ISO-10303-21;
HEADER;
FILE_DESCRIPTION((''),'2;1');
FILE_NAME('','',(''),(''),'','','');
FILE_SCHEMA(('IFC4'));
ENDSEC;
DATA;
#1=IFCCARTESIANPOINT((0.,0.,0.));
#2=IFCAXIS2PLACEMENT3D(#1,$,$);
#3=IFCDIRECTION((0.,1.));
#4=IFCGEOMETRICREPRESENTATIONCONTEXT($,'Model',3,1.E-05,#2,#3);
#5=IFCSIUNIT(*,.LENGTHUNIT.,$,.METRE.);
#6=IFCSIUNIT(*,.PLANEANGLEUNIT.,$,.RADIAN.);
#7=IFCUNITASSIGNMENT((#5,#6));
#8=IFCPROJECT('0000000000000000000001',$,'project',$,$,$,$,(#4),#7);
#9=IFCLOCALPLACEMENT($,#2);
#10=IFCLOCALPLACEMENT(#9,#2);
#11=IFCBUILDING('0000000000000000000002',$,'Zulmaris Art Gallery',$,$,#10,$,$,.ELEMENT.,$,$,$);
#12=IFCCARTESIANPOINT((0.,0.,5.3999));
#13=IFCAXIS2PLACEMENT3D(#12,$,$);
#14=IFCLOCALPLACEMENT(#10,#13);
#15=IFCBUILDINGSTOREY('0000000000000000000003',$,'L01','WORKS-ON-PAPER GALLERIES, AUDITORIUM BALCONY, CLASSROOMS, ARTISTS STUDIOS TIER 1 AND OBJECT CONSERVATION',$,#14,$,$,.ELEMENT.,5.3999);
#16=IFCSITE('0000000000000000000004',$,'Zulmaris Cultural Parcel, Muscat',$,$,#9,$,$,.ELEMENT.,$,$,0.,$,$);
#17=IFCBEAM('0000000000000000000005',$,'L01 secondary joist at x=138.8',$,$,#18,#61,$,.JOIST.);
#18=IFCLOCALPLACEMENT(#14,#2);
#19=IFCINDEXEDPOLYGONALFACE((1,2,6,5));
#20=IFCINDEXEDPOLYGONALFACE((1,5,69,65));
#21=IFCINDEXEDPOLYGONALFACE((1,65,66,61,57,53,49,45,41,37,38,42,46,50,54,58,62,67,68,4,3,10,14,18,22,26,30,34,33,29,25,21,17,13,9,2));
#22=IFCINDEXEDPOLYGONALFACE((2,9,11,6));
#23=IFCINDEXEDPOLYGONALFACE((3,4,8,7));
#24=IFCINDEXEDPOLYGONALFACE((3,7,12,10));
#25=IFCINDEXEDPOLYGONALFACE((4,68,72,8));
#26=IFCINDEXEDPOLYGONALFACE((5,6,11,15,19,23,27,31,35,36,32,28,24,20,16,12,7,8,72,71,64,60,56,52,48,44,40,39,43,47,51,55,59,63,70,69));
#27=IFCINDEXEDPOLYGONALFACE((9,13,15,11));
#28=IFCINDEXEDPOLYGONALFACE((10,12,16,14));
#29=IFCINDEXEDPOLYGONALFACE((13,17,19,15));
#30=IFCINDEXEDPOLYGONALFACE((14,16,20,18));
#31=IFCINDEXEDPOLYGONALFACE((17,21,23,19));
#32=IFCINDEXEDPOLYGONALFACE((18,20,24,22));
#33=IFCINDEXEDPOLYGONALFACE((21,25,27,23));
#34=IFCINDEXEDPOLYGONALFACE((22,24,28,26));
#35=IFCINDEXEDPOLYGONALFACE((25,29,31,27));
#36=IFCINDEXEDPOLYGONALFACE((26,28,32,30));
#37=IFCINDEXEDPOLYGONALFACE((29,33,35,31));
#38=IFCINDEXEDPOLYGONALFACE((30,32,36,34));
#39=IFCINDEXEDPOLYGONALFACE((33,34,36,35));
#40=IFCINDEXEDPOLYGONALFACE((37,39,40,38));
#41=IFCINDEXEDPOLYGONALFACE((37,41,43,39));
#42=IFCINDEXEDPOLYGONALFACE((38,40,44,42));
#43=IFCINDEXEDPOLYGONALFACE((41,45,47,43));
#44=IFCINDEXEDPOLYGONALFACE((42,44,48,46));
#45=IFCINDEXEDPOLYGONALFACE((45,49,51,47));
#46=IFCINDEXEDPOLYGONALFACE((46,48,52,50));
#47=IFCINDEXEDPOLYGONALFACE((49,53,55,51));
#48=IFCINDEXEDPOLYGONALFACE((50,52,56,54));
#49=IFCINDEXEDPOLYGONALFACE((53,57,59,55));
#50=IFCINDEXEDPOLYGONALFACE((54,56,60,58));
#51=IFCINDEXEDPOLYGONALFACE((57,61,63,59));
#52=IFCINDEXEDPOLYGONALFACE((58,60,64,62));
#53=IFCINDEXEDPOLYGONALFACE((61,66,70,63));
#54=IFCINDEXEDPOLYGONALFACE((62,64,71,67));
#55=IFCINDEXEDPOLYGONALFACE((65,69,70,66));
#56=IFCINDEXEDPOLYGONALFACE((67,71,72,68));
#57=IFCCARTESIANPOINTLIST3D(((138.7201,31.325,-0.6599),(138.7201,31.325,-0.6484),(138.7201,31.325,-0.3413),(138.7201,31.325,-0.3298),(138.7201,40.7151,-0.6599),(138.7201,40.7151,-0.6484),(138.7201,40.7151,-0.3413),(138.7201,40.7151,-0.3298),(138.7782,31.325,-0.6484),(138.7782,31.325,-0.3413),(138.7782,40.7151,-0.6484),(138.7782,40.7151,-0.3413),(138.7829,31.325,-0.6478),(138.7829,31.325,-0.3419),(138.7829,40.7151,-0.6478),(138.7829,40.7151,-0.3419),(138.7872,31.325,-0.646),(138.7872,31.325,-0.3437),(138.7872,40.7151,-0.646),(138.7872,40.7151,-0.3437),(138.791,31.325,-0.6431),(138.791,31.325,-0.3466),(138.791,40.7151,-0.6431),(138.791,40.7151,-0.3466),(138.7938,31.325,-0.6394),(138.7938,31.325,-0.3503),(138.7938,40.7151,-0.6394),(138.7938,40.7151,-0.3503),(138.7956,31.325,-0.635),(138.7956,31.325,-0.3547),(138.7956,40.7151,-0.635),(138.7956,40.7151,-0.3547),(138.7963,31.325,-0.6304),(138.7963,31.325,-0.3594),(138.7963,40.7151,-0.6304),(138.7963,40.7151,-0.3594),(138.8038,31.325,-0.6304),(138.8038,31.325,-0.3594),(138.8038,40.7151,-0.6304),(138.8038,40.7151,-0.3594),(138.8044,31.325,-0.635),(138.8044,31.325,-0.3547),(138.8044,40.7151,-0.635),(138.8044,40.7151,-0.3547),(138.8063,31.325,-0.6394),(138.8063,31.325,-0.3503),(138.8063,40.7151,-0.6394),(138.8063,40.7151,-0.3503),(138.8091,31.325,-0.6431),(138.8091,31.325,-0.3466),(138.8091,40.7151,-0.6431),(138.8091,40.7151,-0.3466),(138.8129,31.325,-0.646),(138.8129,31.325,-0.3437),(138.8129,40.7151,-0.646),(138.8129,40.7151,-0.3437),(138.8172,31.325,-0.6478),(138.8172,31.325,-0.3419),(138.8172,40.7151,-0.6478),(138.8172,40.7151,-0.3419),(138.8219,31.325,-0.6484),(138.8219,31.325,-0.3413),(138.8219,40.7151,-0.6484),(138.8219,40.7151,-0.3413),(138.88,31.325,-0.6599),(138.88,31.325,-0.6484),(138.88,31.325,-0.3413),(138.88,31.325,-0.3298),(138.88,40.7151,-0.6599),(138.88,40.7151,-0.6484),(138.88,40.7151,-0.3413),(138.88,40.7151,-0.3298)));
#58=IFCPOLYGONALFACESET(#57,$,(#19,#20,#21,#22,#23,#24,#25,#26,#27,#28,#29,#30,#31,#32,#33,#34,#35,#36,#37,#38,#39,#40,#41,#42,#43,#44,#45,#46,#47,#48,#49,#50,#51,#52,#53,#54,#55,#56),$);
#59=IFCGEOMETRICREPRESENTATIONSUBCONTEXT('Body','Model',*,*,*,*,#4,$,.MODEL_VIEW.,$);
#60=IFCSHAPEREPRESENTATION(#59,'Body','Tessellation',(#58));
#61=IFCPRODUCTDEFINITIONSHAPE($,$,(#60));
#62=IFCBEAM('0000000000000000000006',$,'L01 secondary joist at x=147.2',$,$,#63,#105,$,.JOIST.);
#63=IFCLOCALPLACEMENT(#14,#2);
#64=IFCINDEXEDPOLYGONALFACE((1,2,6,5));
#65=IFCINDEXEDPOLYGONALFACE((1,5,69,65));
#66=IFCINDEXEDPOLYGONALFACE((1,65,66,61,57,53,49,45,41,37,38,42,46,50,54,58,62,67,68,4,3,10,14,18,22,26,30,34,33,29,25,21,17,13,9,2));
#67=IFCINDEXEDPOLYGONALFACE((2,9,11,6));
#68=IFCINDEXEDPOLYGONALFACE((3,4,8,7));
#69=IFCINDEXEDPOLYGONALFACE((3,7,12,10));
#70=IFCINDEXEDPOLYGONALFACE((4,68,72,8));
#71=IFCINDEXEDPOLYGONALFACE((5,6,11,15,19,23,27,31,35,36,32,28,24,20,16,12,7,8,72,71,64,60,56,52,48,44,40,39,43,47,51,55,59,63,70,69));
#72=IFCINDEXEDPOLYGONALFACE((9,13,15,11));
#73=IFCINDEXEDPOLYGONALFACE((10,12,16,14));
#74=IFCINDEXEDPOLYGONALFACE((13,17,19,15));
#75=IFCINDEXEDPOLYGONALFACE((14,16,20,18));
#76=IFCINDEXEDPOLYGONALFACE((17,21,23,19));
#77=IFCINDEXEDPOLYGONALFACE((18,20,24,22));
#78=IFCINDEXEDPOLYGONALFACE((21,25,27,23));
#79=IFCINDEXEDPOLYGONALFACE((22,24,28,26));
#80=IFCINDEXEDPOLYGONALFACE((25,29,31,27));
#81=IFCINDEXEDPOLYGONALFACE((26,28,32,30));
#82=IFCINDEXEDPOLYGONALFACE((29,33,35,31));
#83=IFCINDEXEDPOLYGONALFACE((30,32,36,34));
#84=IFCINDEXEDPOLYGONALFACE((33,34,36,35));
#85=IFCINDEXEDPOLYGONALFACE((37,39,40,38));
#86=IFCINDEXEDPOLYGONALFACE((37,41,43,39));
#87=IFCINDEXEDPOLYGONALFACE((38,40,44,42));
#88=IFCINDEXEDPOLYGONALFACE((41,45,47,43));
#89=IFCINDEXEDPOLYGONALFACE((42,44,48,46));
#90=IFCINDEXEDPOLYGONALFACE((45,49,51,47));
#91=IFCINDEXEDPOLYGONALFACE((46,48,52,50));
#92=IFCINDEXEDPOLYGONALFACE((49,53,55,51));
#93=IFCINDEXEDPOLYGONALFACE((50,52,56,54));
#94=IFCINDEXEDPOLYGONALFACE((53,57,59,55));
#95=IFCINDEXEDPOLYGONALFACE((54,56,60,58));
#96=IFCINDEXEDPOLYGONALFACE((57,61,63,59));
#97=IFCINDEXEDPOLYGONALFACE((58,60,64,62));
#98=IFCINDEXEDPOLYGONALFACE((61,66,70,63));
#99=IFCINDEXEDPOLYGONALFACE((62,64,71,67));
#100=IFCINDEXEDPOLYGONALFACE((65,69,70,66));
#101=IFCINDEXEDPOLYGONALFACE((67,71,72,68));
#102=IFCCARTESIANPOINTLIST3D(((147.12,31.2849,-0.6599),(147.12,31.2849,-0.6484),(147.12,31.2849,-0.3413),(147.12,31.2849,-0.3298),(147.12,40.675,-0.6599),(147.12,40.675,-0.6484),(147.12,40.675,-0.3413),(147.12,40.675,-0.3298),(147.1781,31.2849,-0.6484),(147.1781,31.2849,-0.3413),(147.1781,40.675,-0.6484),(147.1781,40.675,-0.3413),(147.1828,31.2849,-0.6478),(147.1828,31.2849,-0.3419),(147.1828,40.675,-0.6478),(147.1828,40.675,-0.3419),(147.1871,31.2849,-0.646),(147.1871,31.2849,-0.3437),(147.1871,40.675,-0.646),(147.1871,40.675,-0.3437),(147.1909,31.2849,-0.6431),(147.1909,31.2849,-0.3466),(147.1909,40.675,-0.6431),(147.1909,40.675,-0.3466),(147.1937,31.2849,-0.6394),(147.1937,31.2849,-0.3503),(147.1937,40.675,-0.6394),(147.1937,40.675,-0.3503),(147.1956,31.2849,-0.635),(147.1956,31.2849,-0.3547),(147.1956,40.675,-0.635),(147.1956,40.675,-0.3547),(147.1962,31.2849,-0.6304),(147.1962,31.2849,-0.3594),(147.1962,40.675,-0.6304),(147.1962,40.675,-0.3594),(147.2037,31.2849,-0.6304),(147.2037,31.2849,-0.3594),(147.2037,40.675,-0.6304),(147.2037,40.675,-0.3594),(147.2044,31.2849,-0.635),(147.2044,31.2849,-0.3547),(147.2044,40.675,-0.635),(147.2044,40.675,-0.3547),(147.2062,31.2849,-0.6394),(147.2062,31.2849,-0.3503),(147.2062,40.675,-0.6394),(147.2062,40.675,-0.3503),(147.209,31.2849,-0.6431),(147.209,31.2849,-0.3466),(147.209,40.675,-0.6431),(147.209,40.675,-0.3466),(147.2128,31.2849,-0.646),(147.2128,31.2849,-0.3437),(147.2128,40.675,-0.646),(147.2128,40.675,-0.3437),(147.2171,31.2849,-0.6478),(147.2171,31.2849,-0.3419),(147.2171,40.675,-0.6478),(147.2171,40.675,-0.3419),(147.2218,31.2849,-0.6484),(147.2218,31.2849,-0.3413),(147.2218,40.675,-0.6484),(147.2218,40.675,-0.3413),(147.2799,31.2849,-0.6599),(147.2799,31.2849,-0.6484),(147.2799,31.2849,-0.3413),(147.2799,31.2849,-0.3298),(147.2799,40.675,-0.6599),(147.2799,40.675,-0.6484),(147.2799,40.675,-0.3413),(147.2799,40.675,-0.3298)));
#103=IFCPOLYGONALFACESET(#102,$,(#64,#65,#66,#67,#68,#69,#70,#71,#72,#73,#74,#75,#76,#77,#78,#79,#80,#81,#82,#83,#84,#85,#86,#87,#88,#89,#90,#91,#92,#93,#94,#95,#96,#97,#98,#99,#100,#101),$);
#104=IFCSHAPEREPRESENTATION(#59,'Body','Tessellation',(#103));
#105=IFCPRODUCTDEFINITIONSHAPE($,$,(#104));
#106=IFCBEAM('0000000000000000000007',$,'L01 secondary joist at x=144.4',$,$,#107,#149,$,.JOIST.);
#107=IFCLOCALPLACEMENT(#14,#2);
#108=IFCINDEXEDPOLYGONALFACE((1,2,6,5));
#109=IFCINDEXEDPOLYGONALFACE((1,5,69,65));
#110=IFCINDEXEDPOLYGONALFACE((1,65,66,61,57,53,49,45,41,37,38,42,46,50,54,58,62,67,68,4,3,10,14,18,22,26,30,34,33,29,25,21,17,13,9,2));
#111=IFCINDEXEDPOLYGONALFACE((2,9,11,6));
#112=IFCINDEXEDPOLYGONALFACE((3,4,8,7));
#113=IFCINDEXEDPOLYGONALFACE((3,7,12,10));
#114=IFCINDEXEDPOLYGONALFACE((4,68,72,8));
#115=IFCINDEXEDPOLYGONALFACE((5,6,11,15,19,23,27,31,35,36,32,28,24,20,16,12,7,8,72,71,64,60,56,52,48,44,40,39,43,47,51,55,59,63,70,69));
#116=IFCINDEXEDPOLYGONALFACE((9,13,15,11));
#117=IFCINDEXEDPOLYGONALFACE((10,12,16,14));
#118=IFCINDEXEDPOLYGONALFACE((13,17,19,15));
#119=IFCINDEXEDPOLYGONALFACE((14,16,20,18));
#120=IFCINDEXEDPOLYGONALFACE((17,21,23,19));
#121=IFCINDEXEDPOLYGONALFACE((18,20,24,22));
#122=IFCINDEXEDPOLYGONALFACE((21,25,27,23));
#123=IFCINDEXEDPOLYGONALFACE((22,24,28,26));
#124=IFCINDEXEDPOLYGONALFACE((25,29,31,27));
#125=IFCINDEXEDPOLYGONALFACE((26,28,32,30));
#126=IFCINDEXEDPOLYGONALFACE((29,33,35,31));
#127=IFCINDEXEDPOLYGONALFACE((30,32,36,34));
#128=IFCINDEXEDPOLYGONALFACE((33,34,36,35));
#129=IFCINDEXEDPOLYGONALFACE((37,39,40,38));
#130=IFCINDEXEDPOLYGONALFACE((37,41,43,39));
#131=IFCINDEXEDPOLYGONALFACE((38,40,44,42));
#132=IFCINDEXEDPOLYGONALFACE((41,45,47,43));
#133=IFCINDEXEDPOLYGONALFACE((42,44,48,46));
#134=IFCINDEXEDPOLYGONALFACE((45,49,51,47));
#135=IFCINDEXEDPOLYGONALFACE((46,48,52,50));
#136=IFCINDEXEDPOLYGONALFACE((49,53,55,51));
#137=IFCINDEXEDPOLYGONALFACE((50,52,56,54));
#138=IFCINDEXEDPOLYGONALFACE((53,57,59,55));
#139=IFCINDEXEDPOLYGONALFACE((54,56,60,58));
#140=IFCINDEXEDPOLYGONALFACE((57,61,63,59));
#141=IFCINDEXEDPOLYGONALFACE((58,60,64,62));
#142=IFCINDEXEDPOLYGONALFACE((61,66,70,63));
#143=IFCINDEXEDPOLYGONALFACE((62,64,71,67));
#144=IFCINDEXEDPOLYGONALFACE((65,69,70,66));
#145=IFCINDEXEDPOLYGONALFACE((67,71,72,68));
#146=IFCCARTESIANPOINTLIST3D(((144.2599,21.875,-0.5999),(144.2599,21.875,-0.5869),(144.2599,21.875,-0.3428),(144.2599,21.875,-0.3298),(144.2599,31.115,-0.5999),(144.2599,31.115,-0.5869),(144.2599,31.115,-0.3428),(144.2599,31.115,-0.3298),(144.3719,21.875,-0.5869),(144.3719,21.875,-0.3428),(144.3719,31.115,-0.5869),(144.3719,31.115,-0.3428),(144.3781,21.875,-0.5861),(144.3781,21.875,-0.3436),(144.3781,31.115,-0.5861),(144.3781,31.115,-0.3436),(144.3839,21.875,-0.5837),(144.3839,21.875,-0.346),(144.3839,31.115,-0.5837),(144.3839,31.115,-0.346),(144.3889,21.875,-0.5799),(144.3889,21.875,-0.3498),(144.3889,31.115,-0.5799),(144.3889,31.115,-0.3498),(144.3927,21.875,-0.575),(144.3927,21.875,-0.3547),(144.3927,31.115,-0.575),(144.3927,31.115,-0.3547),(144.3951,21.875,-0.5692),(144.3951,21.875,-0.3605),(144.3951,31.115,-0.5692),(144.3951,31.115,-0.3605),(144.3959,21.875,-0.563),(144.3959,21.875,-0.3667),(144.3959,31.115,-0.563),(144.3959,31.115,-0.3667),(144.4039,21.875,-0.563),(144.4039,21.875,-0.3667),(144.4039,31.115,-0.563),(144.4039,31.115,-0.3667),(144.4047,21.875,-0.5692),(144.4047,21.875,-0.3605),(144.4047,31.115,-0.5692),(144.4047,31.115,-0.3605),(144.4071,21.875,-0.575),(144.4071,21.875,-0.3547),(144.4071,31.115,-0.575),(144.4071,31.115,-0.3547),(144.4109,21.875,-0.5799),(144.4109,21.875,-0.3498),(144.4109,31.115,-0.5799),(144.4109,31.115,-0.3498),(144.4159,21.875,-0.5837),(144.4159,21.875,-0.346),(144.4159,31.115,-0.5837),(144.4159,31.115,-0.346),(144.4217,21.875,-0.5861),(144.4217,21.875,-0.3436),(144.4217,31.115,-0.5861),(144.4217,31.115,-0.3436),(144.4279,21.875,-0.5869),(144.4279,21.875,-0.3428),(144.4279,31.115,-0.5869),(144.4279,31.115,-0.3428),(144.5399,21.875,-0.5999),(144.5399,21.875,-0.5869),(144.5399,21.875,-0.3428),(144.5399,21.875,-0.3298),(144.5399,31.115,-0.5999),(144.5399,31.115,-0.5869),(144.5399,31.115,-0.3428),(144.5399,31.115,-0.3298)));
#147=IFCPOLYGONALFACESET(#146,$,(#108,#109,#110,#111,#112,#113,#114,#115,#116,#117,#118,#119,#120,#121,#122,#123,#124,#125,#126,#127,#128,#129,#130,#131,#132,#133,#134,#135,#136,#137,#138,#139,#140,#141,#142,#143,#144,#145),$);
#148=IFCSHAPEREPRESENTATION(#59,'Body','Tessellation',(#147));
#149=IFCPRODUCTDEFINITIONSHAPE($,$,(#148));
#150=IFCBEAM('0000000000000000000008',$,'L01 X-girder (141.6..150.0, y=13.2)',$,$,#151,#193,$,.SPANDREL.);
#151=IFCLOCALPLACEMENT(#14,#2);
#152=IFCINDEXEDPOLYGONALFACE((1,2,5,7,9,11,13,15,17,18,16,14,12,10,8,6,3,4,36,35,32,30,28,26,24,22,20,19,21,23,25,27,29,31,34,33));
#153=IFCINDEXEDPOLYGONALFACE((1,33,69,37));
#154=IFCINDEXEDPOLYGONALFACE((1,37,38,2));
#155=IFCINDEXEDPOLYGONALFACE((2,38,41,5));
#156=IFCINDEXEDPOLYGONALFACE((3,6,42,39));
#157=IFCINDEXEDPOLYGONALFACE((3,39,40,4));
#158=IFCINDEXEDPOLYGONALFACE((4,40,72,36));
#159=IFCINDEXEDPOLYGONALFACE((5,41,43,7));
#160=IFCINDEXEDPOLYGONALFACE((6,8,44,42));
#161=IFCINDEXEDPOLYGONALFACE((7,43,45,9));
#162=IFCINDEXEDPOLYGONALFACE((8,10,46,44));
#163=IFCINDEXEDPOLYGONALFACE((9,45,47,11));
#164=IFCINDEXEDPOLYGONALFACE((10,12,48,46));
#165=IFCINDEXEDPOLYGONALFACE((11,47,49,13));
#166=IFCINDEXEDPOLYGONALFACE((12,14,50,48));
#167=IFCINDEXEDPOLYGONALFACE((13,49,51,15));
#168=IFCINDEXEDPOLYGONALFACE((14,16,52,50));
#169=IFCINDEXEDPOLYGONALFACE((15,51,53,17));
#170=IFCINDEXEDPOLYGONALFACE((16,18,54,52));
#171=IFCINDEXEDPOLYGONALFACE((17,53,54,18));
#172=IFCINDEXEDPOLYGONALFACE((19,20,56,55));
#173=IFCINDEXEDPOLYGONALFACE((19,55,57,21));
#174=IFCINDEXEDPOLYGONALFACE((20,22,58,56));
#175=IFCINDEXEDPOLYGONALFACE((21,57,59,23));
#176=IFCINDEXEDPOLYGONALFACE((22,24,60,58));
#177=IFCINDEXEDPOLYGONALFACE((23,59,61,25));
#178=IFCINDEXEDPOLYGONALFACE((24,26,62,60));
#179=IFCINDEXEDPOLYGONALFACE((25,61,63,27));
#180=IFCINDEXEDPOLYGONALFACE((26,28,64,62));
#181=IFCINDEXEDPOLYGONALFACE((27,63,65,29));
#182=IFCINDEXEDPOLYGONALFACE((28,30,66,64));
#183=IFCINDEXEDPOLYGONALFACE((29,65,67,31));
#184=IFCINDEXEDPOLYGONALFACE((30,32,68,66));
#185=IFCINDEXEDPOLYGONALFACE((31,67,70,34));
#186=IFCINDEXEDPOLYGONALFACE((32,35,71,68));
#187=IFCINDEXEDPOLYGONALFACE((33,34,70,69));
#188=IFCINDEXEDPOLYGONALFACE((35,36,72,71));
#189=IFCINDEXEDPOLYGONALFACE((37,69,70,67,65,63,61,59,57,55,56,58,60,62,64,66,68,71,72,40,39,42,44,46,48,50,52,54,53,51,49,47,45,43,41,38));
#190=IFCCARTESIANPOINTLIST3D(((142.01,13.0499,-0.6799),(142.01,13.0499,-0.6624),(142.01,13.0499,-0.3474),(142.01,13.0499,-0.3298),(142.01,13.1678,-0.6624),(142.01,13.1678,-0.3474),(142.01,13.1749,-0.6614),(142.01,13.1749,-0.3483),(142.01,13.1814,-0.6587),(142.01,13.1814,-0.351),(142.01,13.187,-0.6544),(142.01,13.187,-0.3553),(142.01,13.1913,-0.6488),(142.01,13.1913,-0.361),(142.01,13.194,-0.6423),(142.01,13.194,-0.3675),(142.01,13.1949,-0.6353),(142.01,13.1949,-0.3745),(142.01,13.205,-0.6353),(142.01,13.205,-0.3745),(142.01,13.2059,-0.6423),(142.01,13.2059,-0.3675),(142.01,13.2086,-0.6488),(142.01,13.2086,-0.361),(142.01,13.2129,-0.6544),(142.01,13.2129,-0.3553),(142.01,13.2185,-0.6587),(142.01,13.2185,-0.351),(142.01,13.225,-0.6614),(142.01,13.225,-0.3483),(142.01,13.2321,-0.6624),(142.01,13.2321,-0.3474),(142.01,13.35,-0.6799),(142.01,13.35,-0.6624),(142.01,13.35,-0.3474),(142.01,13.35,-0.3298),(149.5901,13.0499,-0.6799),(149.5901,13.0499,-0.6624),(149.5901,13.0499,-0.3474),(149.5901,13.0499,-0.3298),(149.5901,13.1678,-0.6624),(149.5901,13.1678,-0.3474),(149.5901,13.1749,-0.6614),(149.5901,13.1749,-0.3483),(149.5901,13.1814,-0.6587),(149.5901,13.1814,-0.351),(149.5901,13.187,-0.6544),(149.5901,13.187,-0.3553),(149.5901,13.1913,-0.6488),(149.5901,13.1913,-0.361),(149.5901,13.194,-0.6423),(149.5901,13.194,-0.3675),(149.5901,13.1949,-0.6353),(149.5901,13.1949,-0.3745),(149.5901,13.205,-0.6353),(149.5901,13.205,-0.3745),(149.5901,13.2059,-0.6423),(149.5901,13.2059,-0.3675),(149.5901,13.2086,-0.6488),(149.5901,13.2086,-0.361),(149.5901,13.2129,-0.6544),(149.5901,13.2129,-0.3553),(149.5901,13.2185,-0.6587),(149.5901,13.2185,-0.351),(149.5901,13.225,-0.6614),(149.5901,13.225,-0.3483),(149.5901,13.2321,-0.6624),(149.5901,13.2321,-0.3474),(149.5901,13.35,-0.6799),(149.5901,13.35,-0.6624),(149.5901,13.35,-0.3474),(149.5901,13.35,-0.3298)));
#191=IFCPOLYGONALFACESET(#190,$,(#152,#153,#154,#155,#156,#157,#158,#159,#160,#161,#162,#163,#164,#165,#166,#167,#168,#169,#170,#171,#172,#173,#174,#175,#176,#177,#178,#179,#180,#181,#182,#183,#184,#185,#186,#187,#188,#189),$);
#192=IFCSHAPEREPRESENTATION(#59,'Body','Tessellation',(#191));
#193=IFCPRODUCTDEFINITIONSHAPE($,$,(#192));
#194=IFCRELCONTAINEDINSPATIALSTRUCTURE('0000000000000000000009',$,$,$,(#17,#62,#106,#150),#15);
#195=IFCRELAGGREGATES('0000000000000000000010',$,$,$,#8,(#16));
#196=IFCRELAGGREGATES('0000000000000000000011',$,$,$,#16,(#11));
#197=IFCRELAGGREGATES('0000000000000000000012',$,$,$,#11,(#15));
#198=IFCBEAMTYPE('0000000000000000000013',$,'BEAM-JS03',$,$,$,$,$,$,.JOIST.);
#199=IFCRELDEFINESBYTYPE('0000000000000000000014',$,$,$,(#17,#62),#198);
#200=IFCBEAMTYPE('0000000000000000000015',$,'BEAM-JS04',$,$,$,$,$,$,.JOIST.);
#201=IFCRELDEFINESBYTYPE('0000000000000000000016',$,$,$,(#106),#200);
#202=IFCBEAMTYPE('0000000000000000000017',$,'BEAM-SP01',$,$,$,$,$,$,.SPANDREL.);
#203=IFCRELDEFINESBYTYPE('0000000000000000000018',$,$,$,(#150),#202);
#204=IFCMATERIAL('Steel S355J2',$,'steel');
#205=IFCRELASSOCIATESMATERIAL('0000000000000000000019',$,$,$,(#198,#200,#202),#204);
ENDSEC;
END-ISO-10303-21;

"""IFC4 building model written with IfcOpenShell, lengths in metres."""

from ifc_helpers import new_model, si_unit, direction, frame, origin, origin_2d, place, context, subcontext, project, spatial, i_section, extrude, material, material_profile, profile_set, type_object, element, save


model = new_model("IFC4")

# Units and contexts
model_context = context("Model", 3, precision=1e-05, world=origin(), true_north=direction((0.0, 1.0)))
body_context = subcontext(model_context, "Body", "Model", "MODEL_VIEW")
ifc_project = project(units=[si_unit("LENGTHUNIT", "METRE"), si_unit("PLANEANGLEUNIT", "RADIAN")], contexts=[model_context])

# Site, building, storey
site_placement = place(None, origin())
site = spatial("IfcSite", under=ifc_project, at=site_placement, Name="Zulmaris Cultural Parcel, Muscat", CompositionType="ELEMENT", RefElevation=0.0)
building_placement = place(site_placement, origin())
building = spatial("IfcBuilding", under=site, at=building_placement, Name="Zulmaris Art Gallery", CompositionType="ELEMENT")
storey_placement = place(building_placement, frame((0.0, 0.0, 5.3999)))
storey = spatial("IfcBuildingStorey", under=building, at=storey_placement, Name="L01", Description="WORKS-ON-PAPER GALLERIES, AUDITORIUM BALCONY, CLASSROOMS, ARTISTS STUDIOS TIER 1 AND OBJECT CONSERVATION", CompositionType="ELEMENT", Elevation=5.3999)

# Beams
ifc_material_1 = material(Name="Steel S355J2", Category="steel")
ifc_material_profile_1 = material_profile(ifc_material_1, i_section(OverallWidth=0.1599, OverallDepth=0.3301, WebThickness=0.0076, FlangeThickness=0.0115, FilletRadius=0.0181, at=origin_2d()), Name="IPE 330")
ifc_profile_set_1 = profile_set([ifc_material_profile_1], Name="Steel S355J2")
beam_type_1 = type_object("IfcBeamType", Name="BEAM-JS03", PredefinedType="JOIST", material=ifc_profile_set_1)
for number, where, z_axis, x_axis, name in (
    (1, (138.8, 31.325, -0.4949), (0.0, 1.0, 0.0), (-1.0, 0.0, 0.0), "L01 secondary joist at x=138.8"),
    (2, (147.2, 31.2849, -0.4949), (0.0, 1.0, 0.0), (-1.0, 0.0, 0.0), "L01 secondary joist at x=147.2"),
):
    element("IfcBeam", number, at=place(storey_placement, frame(where, z_axis=z_axis, x_axis=x_axis)), inside=storey, type_object=beam_type_1, Name=name, PredefinedType="JOIST", context=body_context, shape_type="SweptSolid", body=[
        extrude(i_section(OverallWidth=0.1599, OverallDepth=0.3301, WebThickness=0.0076, FlangeThickness=0.0115, FilletRadius=0.0181, at=origin_2d()), origin(), (0.0, 0.0, 1.0), 9.3901),
    ])
ifc_material_profile_2 = material_profile(ifc_material_1, i_section(OverallWidth=0.28, OverallDepth=0.27, WebThickness=0.0081, FlangeThickness=0.0129, FilletRadius=0.0239, at=origin_2d()), Name="HEA 280")
ifc_profile_set_2 = profile_set([ifc_material_profile_2], Name="Steel S355J2")
beam_type_2 = type_object("IfcBeamType", Name="BEAM-JS04", PredefinedType="JOIST", material=ifc_profile_set_2)
beam_1_placement = place(storey_placement, frame((144.3999, 21.875, -0.4648), z_axis=(0.0, 1.0, 0.0), x_axis=(-1.0, 0.0, 0.0)))
element("IfcBeam", 3, at=beam_1_placement, inside=storey, type_object=beam_type_2, Name="L01 secondary joist at x=144.4", PredefinedType="JOIST", context=body_context, shape_type="SweptSolid", body=[
    extrude(i_section(OverallWidth=0.28, OverallDepth=0.27, WebThickness=0.0081, FlangeThickness=0.0129, FilletRadius=0.0239, at=origin_2d()), origin(), (0.0, 0.0, 1.0), 9.24),
])
ifc_material_profile_3 = material_profile(ifc_material_1, i_section(OverallWidth=0.3, OverallDepth=0.3501, WebThickness=0.01, FlangeThickness=0.0176, FilletRadius=0.0271, at=origin_2d()), Name="HEA 360")
ifc_profile_set_3 = profile_set([ifc_material_profile_3], Name="Steel S355J2")
beam_type_3 = type_object("IfcBeamType", Name="BEAM-SP01", PredefinedType="SPANDREL", material=ifc_profile_set_3)
beam_2_placement = place(storey_placement, frame((142.01, 13.2, -0.5049), z_axis=(1.0, 0.0, 0.0), x_axis=(0.0, 1.0, 0.0)))
element("IfcBeam", 4, at=beam_2_placement, inside=storey, type_object=beam_type_3, Name="L01 X-girder (141.6..150.0, y=13.2)", PredefinedType="SPANDREL", context=body_context, shape_type="SweptSolid", body=[
    extrude(i_section(OverallWidth=0.3, OverallDepth=0.3501, WebThickness=0.01, FlangeThickness=0.0176, FilletRadius=0.0271, at=origin_2d()), origin(), (0.0, 0.0, 1.0), 7.5801),
])

save(model, "model.ifc")
